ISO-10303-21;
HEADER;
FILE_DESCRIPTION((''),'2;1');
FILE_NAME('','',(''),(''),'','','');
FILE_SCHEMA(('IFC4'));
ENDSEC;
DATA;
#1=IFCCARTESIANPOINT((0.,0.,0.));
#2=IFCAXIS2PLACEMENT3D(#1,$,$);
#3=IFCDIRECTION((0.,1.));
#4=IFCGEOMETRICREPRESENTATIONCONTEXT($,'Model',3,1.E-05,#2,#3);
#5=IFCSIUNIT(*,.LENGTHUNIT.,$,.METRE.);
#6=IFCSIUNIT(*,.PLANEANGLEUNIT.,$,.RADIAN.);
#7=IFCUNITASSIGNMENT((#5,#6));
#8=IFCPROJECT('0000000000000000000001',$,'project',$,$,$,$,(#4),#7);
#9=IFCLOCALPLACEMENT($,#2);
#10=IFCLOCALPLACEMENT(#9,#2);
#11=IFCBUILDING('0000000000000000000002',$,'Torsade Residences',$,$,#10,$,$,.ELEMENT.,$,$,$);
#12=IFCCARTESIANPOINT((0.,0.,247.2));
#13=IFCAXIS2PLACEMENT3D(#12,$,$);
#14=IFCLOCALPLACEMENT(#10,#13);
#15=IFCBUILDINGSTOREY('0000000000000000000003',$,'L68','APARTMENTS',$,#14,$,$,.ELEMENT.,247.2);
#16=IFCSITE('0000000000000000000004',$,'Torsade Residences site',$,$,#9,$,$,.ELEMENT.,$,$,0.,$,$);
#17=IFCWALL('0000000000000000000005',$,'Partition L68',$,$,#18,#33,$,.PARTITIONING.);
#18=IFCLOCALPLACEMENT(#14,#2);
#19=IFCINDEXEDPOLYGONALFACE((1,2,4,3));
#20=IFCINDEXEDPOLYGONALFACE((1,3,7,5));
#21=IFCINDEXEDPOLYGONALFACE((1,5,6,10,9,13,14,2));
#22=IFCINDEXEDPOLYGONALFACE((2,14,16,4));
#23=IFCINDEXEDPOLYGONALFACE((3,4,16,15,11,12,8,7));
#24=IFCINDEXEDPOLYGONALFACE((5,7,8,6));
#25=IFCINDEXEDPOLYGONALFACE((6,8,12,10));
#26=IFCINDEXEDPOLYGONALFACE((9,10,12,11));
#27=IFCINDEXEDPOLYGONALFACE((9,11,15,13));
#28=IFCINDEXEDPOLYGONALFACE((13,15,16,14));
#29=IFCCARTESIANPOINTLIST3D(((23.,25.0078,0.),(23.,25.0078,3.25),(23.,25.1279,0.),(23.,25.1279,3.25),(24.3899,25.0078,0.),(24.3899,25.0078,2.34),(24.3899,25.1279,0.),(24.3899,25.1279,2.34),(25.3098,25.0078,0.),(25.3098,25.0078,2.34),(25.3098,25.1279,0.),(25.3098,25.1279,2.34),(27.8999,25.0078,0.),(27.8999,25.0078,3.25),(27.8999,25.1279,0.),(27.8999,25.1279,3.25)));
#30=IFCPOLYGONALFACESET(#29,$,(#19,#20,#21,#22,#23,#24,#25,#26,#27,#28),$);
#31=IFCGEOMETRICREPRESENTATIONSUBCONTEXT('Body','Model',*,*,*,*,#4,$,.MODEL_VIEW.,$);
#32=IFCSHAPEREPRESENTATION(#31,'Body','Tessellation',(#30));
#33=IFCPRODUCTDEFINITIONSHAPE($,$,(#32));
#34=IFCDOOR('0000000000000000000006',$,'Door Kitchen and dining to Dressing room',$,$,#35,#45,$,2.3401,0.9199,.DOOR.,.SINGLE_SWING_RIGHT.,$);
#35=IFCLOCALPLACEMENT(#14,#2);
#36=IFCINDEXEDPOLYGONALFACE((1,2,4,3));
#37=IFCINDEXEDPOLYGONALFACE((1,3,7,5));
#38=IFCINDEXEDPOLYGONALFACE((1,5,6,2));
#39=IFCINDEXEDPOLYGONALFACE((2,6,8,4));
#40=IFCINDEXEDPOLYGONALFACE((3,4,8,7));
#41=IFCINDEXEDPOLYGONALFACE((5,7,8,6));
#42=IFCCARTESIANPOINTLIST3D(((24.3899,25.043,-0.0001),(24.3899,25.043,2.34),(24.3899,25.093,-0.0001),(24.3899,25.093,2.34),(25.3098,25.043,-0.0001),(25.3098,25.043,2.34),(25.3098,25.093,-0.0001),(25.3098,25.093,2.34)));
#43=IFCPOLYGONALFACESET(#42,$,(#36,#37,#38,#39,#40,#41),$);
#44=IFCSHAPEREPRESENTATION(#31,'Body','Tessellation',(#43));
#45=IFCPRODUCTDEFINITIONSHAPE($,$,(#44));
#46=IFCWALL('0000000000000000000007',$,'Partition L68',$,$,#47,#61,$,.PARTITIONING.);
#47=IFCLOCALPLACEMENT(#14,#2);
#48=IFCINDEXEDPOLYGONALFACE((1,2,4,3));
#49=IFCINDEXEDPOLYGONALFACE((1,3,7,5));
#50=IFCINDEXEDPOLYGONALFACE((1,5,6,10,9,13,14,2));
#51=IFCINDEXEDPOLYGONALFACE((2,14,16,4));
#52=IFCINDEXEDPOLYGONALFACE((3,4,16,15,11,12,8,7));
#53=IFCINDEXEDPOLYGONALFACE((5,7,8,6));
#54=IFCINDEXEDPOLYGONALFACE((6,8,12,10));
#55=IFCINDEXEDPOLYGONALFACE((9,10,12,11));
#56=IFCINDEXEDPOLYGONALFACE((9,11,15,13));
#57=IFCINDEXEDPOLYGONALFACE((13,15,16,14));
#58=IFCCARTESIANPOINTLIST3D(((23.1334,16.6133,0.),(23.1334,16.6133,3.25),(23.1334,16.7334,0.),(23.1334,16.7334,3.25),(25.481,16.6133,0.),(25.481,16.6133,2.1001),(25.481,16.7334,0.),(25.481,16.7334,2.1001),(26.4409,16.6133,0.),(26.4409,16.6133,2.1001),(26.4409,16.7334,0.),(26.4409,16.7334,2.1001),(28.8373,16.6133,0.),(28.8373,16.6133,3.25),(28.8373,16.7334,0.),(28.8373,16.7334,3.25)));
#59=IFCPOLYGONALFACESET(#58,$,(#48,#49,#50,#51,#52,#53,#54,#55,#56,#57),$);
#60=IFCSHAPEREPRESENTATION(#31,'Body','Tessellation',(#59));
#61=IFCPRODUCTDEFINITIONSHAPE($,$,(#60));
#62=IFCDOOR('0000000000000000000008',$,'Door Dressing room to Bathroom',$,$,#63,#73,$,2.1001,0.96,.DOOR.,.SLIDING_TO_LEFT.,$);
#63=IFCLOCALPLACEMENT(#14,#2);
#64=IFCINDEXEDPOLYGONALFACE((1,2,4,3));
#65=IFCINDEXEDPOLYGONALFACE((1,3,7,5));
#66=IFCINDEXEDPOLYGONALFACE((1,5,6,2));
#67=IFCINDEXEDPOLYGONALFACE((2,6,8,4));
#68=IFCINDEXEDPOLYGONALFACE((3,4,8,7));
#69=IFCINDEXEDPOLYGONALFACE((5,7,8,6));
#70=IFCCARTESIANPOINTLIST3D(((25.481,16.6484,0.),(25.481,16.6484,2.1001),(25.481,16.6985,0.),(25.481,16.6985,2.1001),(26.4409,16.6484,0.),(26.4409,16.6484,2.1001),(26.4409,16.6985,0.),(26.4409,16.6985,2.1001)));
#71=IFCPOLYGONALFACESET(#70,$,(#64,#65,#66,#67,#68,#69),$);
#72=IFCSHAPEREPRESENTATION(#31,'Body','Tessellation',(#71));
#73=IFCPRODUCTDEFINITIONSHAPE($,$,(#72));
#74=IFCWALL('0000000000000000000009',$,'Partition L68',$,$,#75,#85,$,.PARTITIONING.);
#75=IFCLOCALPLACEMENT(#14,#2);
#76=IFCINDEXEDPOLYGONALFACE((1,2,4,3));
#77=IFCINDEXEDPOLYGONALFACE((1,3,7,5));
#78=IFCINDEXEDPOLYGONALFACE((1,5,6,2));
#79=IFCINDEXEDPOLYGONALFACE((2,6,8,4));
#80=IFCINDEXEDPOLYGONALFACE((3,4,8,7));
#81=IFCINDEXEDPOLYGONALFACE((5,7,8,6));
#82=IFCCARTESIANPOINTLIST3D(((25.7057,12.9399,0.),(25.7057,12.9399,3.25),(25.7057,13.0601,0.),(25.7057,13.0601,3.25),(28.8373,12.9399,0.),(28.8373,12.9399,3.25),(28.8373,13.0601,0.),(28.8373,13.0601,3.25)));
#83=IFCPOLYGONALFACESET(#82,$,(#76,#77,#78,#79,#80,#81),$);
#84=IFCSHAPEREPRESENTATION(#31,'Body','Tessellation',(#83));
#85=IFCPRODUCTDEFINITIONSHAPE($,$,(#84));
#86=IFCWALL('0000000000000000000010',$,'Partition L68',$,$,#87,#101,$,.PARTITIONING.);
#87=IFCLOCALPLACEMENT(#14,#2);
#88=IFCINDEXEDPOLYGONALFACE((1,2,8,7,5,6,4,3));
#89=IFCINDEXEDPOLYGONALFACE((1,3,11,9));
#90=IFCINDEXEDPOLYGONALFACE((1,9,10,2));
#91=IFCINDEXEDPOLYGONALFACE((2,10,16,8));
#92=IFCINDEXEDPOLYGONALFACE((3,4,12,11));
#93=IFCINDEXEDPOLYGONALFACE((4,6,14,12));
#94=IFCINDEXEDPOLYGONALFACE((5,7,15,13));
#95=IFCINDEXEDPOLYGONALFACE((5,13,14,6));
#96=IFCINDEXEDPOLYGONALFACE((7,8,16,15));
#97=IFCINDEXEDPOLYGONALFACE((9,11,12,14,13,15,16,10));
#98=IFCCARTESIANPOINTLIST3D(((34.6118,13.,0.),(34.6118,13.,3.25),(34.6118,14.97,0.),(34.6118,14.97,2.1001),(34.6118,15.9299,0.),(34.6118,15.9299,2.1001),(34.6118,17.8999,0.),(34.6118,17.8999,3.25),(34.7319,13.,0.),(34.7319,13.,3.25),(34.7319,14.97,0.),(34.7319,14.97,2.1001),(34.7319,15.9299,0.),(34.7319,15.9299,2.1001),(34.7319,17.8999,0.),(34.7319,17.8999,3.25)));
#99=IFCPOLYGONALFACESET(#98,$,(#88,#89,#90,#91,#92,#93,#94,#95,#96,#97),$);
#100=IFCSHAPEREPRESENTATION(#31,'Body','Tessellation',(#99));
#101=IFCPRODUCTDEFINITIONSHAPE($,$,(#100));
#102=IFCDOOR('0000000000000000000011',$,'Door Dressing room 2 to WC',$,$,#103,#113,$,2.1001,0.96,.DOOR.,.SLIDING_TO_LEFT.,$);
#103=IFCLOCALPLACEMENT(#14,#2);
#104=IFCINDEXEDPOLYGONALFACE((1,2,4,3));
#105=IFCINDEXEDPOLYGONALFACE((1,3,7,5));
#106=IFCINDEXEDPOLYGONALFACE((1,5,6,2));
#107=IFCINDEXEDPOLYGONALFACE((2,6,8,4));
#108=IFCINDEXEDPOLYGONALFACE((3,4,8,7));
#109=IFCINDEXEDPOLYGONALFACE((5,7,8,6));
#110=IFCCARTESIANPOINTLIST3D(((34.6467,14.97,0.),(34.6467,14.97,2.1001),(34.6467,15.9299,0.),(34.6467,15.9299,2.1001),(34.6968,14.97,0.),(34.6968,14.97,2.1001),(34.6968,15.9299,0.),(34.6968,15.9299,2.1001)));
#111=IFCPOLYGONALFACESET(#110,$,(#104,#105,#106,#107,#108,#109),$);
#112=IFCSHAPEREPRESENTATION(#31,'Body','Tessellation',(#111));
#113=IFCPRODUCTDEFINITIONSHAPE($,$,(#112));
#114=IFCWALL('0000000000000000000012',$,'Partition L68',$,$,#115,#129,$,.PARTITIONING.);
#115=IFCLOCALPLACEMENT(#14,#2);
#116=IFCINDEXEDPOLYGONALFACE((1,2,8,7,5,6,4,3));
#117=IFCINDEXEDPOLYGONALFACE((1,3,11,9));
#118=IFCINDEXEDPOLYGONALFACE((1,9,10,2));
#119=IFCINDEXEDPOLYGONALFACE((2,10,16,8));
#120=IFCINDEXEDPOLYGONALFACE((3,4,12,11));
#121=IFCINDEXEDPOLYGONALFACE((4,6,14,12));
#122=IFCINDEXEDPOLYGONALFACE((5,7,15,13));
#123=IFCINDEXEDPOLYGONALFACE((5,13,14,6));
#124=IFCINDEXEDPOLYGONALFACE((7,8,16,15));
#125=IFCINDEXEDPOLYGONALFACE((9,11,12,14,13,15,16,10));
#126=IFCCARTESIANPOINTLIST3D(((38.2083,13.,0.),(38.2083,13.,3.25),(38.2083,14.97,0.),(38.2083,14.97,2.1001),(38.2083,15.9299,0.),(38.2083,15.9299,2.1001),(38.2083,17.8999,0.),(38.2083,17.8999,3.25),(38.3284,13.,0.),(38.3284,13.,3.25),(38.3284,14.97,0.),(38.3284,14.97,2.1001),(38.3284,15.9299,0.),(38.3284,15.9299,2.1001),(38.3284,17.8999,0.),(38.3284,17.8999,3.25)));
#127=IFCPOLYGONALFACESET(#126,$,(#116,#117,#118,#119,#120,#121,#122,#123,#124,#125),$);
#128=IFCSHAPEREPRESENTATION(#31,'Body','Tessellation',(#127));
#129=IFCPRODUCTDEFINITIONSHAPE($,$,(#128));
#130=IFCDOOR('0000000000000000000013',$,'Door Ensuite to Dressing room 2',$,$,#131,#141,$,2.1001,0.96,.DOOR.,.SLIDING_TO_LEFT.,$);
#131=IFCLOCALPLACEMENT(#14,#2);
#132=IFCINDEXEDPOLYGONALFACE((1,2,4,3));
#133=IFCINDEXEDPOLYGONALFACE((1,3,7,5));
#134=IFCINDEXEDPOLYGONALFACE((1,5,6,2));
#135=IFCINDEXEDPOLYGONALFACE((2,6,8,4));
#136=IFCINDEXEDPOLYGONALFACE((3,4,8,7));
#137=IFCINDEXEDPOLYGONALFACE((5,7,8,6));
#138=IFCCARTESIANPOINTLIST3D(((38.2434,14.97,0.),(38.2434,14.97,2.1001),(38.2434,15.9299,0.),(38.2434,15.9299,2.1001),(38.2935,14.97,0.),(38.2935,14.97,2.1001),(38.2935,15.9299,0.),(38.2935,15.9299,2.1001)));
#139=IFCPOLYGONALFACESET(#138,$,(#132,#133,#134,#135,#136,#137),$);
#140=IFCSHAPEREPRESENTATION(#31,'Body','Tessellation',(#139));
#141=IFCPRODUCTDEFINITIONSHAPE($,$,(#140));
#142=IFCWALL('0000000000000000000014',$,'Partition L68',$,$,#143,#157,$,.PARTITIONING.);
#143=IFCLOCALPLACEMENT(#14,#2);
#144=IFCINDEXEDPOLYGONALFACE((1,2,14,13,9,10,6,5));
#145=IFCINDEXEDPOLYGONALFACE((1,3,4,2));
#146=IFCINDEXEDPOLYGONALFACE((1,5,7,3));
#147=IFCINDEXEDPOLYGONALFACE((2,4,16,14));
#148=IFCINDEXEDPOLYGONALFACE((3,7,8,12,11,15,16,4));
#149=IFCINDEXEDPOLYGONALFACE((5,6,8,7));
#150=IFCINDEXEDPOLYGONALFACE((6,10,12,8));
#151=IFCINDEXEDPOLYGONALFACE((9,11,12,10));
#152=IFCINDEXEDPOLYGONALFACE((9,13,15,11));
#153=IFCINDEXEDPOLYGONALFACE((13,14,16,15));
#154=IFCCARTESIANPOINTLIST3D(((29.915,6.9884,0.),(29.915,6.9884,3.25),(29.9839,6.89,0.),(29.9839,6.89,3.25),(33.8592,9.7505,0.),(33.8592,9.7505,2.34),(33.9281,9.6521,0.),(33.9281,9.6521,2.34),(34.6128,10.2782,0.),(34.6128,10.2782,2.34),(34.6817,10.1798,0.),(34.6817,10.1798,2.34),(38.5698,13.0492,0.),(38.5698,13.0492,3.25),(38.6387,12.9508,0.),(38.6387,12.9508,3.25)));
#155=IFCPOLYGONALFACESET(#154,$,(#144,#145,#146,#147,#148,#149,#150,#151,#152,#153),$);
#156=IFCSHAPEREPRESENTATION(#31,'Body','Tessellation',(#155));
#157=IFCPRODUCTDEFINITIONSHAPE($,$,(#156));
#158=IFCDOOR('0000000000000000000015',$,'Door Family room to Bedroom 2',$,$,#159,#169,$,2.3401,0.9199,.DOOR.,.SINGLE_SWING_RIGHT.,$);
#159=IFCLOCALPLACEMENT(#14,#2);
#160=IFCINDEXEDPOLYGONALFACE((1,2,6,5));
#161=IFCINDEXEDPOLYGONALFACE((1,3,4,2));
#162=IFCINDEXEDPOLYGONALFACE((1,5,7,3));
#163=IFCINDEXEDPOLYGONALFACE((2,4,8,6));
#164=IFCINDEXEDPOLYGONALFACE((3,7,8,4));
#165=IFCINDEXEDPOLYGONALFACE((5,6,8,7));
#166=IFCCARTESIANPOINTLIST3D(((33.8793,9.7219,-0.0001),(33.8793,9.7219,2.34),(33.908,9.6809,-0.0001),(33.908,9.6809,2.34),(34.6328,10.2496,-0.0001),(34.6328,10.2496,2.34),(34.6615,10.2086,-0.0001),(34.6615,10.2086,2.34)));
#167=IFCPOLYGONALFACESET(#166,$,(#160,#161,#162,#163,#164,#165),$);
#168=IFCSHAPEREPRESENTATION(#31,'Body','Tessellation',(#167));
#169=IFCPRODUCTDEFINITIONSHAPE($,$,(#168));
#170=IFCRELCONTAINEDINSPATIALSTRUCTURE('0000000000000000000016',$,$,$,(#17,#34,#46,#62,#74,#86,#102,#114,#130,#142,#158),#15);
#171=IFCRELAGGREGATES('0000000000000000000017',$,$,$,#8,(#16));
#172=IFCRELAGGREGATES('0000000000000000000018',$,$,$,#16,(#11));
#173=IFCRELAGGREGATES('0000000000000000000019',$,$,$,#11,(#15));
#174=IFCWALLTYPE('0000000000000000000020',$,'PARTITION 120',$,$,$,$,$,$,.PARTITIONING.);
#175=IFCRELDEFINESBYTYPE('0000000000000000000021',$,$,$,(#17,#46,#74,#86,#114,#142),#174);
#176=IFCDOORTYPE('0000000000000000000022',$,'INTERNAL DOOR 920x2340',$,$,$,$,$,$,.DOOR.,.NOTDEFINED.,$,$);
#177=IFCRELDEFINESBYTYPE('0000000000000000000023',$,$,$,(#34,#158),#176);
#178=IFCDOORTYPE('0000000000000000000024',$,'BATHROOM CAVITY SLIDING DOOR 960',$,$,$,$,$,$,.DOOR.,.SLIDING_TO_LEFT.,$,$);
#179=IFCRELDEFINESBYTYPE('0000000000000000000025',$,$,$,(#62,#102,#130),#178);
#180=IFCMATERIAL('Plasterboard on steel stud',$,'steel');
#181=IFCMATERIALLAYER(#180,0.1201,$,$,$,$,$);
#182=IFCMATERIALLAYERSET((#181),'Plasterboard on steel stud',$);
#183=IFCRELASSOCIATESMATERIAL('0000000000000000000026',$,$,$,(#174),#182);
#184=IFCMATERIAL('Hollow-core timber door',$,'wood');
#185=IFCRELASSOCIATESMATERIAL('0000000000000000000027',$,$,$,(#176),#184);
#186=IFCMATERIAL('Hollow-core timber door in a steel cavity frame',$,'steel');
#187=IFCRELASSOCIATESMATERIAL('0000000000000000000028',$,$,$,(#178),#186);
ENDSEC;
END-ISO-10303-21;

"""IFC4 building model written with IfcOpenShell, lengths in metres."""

from ifc_helpers import new_model, si_unit, direction, frame, frame_2d, origin, place, context, subcontext, project, spatial, rectangle, extrude, material, layer, layer_set, type_object, element, fill, save


model = new_model("IFC4")

# Units and contexts
model_context = context("Model", 3, precision=1e-05, world=origin(), true_north=direction((0.0, 1.0)))
body_context = subcontext(model_context, "Body", "Model", "MODEL_VIEW")
ifc_project = project(units=[si_unit("LENGTHUNIT", "METRE"), si_unit("PLANEANGLEUNIT", "RADIAN")], contexts=[model_context])

# Site, building, storey
site_placement = place(None, origin())
site = spatial("IfcSite", under=ifc_project, at=site_placement, Name="Torsade Residences site", CompositionType="ELEMENT", RefElevation=0.0)
building_placement = place(site_placement, origin())
building = spatial("IfcBuilding", under=site, at=building_placement, Name="Torsade Residences", CompositionType="ELEMENT")
storey_placement = place(building_placement, frame((0.0, 0.0, 247.2)))
storey = spatial("IfcBuildingStorey", under=building, at=storey_placement, Name="L68", Description="APARTMENTS", CompositionType="ELEMENT", Elevation=247.2)

# Walls, openings, doors
ifc_material_1 = material(Name="Plasterboard on steel stud", Category="steel")
ifc_layer_1 = layer(ifc_material_1, 0.1201)
ifc_layer_set_1 = layer_set([ifc_layer_1], Name="Plasterboard on steel stud")
wall_type_1 = type_object("IfcWallType", Name="PARTITION 120", PredefinedType="PARTITIONING", material=ifc_layer_set_1)
wall_1_placement = place(storey_placement, frame((27.8999, 25.0679, 0.0), z_axis=(0.0, 0.0, 1.0), x_axis=(-1.0, 0.0, 0.0)))
wall_1 = element("IfcWall", 1, at=wall_1_placement, inside=storey, type_object=wall_type_1, Name="Partition L68", PredefinedType="PARTITIONING", context=body_context, shape_type="SweptSolid", body=[
    extrude(rectangle(XDim=4.8999, YDim=0.1201, at=frame_2d((2.45, 0.0))), origin(), (0.0, 0.0, 1.0), 3.25),
])
opening_1_placement = place(wall_1_placement, frame((2.5901, 0.0, 0.0)))
opening_1 = element("IfcOpeningElement", 2, at=opening_1_placement, cuts=wall_1, PredefinedType="OPENING", context=body_context, shape_type="SweptSolid", body=[
    extrude(rectangle(XDim=0.9199, YDim=2.3401, at=frame_2d((0.46, 1.1699))), frame((0.0, 0.0701, 0.0), z_axis=(0.0, -1.0, 0.0), x_axis=(1.0, 0.0, 0.0)), (0.0, 0.0, 1.0), 0.1401),
])
ifc_material_2 = material(Name="Hollow-core timber door", Category="wood")
door_type_1 = type_object("IfcDoorType", Name="INTERNAL DOOR 920x2340", OperationType="NOTDEFINED", PredefinedType="DOOR", material=ifc_material_2)
door_1_placement = place(opening_1_placement, origin())
door_1 = element("IfcDoor", 3, at=door_1_placement, inside=storey, type_object=door_type_1, Name="Door Kitchen and dining to Dressing room", OperationType="SINGLE_SWING_RIGHT", OverallHeight=2.3401, OverallWidth=0.9199, PredefinedType="DOOR", context=body_context, shape_type="SweptSolid", body=[
    extrude(rectangle(XDim=0.9199, YDim=2.3401, at=frame_2d((0.46, 1.1699))), frame((0.0, 0.0249, 0.0), z_axis=(0.0, -1.0, 0.0), x_axis=(1.0, 0.0, 0.0)), (0.0, 0.0, 1.0), 0.05),
])
fill(opening_1, door_1)
wall_2_placement = place(storey_placement, frame((28.8374, 16.6733, 0.0), z_axis=(0.0, 0.0, 1.0), x_axis=(-1.0, 0.0, 0.0)))
wall_2 = element("IfcWall", 4, at=wall_2_placement, inside=storey, type_object=wall_type_1, Name="Partition L68", PredefinedType="PARTITIONING", context=body_context, shape_type="SweptSolid", body=[
    extrude(rectangle(XDim=5.7039, YDim=0.1201, at=frame_2d((2.8521, 0.0))), origin(), (0.0, 0.0, 1.0), 3.25),
])
opening_2_placement = place(wall_2_placement, frame((2.3965, 0.0, 0.0)))
opening_2 = element("IfcOpeningElement", 5, at=opening_2_placement, cuts=wall_2, PredefinedType="OPENING", context=body_context, shape_type="SweptSolid", body=[
    extrude(rectangle(XDim=0.96, YDim=2.1001, at=frame_2d((0.48, 1.05))), frame((0.0, 0.0701, 0.0), z_axis=(0.0, -1.0, 0.0), x_axis=(1.0, 0.0, 0.0)), (0.0, 0.0, 1.0), 0.1401),
])
ifc_material_3 = material(Name="Hollow-core timber door in a steel cavity frame", Category="steel")
door_type_2 = type_object("IfcDoorType", Name="BATHROOM CAVITY SLIDING DOOR 960", OperationType="SLIDING_TO_LEFT", PredefinedType="DOOR", material=ifc_material_3)
door_2_placement = place(opening_2_placement, origin())
door_2 = element("IfcDoor", 6, at=door_2_placement, inside=storey, type_object=door_type_2, Name="Door Dressing room to Bathroom", OperationType="SLIDING_TO_LEFT", OverallHeight=2.1001, OverallWidth=0.96, PredefinedType="DOOR", context=body_context, shape_type="SweptSolid", body=[
    extrude(rectangle(XDim=0.96, YDim=2.1001, at=frame_2d((0.48, 1.05))), frame((0.0, 0.0249, 0.0), z_axis=(0.0, -1.0, 0.0), x_axis=(1.0, 0.0, 0.0)), (0.0, 0.0, 1.0), 0.05),
])
fill(opening_2, door_2)

# Wall
wall_3_placement = place(storey_placement, frame((28.8374, 13.0, 0.0), z_axis=(0.0, 0.0, 1.0), x_axis=(-1.0, 0.0, 0.0)))
element("IfcWall", 7, at=wall_3_placement, inside=storey, type_object=wall_type_1, Name="Partition L68", PredefinedType="PARTITIONING", context=body_context, shape_type="SweptSolid", body=[
    extrude(rectangle(XDim=3.1316, YDim=0.1201, at=frame_2d((1.5659, 0.0))), origin(), (0.0, 0.0, 1.0), 3.25),
])

# Walls, openings, doors
wall_4_placement = place(storey_placement, frame((34.6719, 17.8999, 0.0), z_axis=(0.0, 0.0, 1.0), x_axis=(0.0, -1.0, 0.0)))
wall_4 = element("IfcWall", 8, at=wall_4_placement, inside=storey, type_object=wall_type_1, Name="Partition L68", PredefinedType="PARTITIONING", context=body_context, shape_type="SweptSolid", body=[
    extrude(rectangle(XDim=4.8999, YDim=0.1201, at=frame_2d((2.45, 0.0))), origin(), (0.0, 0.0, 1.0), 3.25),
])
opening_3_placement = place(wall_4_placement, frame((1.97, 0.0, 0.0)))
opening_3 = element("IfcOpeningElement", 9, at=opening_3_placement, cuts=wall_4, PredefinedType="OPENING", context=body_context, shape_type="SweptSolid", body=[
    extrude(rectangle(XDim=0.96, YDim=2.1001, at=frame_2d((0.48, 1.05))), frame((0.0, 0.0701, 0.0), z_axis=(0.0, -1.0, 0.0), x_axis=(1.0, 0.0, 0.0)), (0.0, 0.0, 1.0), 0.1401),
])
door_3_placement = place(opening_3_placement, origin())
door_3 = element("IfcDoor", 10, at=door_3_placement, inside=storey, type_object=door_type_2, Name="Door Dressing room 2 to WC", OperationType="SLIDING_TO_LEFT", OverallHeight=2.1001, OverallWidth=0.96, PredefinedType="DOOR", context=body_context, shape_type="SweptSolid", body=[
    extrude(rectangle(XDim=0.96, YDim=2.1001, at=frame_2d((0.48, 1.05))), frame((0.0, 0.0249, 0.0), z_axis=(0.0, -1.0, 0.0), x_axis=(1.0, 0.0, 0.0)), (0.0, 0.0, 1.0), 0.05),
])
fill(opening_3, door_3)
wall_5_placement = place(storey_placement, frame((38.2683, 13.0, 0.0), z_axis=(0.0, 0.0, 1.0), x_axis=(0.0, 1.0, 0.0)))
wall_5 = element("IfcWall", 11, at=wall_5_placement, inside=storey, type_object=wall_type_1, Name="Partition L68", PredefinedType="PARTITIONING", context=body_context, shape_type="SweptSolid", body=[
    extrude(rectangle(XDim=4.8999, YDim=0.1201, at=frame_2d((2.45, 0.0))), origin(), (0.0, 0.0, 1.0), 3.25),
])
opening_4_placement = place(wall_5_placement, frame((1.97, 0.0, 0.0)))
opening_4 = element("IfcOpeningElement", 12, at=opening_4_placement, cuts=wall_5, PredefinedType="OPENING", context=body_context, shape_type="SweptSolid", body=[
    extrude(rectangle(XDim=0.96, YDim=2.1001, at=frame_2d((0.48, 1.05))), frame((0.0, 0.0701, 0.0), z_axis=(0.0, -1.0, 0.0), x_axis=(1.0, 0.0, 0.0)), (0.0, 0.0, 1.0), 0.1401),
])
door_4_placement = place(opening_4_placement, origin())
door_4 = element("IfcDoor", 13, at=door_4_placement, inside=storey, type_object=door_type_2, Name="Door Ensuite to Dressing room 2", OperationType="SLIDING_TO_LEFT", OverallHeight=2.1001, OverallWidth=0.96, PredefinedType="DOOR", context=body_context, shape_type="SweptSolid", body=[
    extrude(rectangle(XDim=0.96, YDim=2.1001, at=frame_2d((0.48, 1.05))), frame((0.0, 0.0249, 0.0), z_axis=(0.0, -1.0, 0.0), x_axis=(1.0, 0.0, 0.0)), (0.0, 0.0, 1.0), 0.05),
])
fill(opening_4, door_4)
wall_6_placement = place(storey_placement, frame((38.6042, 13.0, 0.0), z_axis=(0.0, 0.0, 1.0), x_axis=(-0.819123, -0.573617, 0.0)))
wall_6 = element("IfcWall", 14, at=wall_6_placement, inside=storey, type_object=wall_type_1, Name="Partition L68", PredefinedType="PARTITIONING", context=body_context, shape_type="SweptSolid", body=[
    extrude(rectangle(XDim=10.5659, YDim=0.1201, at=frame_2d((5.283, 0.0))), origin(), (0.0, 0.0, 1.0), 3.25),
])
opening_5_placement = place(wall_6_placement, frame((4.8308, 0.0, 0.0)))
opening_5 = element("IfcOpeningElement", 15, at=opening_5_placement, cuts=wall_6, PredefinedType="OPENING", context=body_context, shape_type="SweptSolid", body=[
    extrude(rectangle(XDim=0.9199, YDim=2.3401, at=frame_2d((0.46, 1.1699))), frame((0.0, 0.0701, 0.0), z_axis=(0.0, -1.0, 0.0), x_axis=(1.0, 0.0, 0.0)), (0.0, 0.0, 1.0), 0.1401),
])
door_5_placement = place(opening_5_placement, origin())
door_5 = element("IfcDoor", 16, at=door_5_placement, inside=storey, type_object=door_type_1, Name="Door Family room to Bedroom 2", OperationType="SINGLE_SWING_RIGHT", OverallHeight=2.3401, OverallWidth=0.9199, PredefinedType="DOOR", context=body_context, shape_type="SweptSolid", body=[
    extrude(rectangle(XDim=0.9199, YDim=2.3401, at=frame_2d((0.46, 1.1699))), frame((0.0, 0.0249, 0.0), z_axis=(0.0, -1.0, 0.0), x_axis=(1.0, 0.0, 0.0)), (0.0, 0.0, 1.0), 0.05),
])
fill(opening_5, door_5)

save(model, "model.ifc")
